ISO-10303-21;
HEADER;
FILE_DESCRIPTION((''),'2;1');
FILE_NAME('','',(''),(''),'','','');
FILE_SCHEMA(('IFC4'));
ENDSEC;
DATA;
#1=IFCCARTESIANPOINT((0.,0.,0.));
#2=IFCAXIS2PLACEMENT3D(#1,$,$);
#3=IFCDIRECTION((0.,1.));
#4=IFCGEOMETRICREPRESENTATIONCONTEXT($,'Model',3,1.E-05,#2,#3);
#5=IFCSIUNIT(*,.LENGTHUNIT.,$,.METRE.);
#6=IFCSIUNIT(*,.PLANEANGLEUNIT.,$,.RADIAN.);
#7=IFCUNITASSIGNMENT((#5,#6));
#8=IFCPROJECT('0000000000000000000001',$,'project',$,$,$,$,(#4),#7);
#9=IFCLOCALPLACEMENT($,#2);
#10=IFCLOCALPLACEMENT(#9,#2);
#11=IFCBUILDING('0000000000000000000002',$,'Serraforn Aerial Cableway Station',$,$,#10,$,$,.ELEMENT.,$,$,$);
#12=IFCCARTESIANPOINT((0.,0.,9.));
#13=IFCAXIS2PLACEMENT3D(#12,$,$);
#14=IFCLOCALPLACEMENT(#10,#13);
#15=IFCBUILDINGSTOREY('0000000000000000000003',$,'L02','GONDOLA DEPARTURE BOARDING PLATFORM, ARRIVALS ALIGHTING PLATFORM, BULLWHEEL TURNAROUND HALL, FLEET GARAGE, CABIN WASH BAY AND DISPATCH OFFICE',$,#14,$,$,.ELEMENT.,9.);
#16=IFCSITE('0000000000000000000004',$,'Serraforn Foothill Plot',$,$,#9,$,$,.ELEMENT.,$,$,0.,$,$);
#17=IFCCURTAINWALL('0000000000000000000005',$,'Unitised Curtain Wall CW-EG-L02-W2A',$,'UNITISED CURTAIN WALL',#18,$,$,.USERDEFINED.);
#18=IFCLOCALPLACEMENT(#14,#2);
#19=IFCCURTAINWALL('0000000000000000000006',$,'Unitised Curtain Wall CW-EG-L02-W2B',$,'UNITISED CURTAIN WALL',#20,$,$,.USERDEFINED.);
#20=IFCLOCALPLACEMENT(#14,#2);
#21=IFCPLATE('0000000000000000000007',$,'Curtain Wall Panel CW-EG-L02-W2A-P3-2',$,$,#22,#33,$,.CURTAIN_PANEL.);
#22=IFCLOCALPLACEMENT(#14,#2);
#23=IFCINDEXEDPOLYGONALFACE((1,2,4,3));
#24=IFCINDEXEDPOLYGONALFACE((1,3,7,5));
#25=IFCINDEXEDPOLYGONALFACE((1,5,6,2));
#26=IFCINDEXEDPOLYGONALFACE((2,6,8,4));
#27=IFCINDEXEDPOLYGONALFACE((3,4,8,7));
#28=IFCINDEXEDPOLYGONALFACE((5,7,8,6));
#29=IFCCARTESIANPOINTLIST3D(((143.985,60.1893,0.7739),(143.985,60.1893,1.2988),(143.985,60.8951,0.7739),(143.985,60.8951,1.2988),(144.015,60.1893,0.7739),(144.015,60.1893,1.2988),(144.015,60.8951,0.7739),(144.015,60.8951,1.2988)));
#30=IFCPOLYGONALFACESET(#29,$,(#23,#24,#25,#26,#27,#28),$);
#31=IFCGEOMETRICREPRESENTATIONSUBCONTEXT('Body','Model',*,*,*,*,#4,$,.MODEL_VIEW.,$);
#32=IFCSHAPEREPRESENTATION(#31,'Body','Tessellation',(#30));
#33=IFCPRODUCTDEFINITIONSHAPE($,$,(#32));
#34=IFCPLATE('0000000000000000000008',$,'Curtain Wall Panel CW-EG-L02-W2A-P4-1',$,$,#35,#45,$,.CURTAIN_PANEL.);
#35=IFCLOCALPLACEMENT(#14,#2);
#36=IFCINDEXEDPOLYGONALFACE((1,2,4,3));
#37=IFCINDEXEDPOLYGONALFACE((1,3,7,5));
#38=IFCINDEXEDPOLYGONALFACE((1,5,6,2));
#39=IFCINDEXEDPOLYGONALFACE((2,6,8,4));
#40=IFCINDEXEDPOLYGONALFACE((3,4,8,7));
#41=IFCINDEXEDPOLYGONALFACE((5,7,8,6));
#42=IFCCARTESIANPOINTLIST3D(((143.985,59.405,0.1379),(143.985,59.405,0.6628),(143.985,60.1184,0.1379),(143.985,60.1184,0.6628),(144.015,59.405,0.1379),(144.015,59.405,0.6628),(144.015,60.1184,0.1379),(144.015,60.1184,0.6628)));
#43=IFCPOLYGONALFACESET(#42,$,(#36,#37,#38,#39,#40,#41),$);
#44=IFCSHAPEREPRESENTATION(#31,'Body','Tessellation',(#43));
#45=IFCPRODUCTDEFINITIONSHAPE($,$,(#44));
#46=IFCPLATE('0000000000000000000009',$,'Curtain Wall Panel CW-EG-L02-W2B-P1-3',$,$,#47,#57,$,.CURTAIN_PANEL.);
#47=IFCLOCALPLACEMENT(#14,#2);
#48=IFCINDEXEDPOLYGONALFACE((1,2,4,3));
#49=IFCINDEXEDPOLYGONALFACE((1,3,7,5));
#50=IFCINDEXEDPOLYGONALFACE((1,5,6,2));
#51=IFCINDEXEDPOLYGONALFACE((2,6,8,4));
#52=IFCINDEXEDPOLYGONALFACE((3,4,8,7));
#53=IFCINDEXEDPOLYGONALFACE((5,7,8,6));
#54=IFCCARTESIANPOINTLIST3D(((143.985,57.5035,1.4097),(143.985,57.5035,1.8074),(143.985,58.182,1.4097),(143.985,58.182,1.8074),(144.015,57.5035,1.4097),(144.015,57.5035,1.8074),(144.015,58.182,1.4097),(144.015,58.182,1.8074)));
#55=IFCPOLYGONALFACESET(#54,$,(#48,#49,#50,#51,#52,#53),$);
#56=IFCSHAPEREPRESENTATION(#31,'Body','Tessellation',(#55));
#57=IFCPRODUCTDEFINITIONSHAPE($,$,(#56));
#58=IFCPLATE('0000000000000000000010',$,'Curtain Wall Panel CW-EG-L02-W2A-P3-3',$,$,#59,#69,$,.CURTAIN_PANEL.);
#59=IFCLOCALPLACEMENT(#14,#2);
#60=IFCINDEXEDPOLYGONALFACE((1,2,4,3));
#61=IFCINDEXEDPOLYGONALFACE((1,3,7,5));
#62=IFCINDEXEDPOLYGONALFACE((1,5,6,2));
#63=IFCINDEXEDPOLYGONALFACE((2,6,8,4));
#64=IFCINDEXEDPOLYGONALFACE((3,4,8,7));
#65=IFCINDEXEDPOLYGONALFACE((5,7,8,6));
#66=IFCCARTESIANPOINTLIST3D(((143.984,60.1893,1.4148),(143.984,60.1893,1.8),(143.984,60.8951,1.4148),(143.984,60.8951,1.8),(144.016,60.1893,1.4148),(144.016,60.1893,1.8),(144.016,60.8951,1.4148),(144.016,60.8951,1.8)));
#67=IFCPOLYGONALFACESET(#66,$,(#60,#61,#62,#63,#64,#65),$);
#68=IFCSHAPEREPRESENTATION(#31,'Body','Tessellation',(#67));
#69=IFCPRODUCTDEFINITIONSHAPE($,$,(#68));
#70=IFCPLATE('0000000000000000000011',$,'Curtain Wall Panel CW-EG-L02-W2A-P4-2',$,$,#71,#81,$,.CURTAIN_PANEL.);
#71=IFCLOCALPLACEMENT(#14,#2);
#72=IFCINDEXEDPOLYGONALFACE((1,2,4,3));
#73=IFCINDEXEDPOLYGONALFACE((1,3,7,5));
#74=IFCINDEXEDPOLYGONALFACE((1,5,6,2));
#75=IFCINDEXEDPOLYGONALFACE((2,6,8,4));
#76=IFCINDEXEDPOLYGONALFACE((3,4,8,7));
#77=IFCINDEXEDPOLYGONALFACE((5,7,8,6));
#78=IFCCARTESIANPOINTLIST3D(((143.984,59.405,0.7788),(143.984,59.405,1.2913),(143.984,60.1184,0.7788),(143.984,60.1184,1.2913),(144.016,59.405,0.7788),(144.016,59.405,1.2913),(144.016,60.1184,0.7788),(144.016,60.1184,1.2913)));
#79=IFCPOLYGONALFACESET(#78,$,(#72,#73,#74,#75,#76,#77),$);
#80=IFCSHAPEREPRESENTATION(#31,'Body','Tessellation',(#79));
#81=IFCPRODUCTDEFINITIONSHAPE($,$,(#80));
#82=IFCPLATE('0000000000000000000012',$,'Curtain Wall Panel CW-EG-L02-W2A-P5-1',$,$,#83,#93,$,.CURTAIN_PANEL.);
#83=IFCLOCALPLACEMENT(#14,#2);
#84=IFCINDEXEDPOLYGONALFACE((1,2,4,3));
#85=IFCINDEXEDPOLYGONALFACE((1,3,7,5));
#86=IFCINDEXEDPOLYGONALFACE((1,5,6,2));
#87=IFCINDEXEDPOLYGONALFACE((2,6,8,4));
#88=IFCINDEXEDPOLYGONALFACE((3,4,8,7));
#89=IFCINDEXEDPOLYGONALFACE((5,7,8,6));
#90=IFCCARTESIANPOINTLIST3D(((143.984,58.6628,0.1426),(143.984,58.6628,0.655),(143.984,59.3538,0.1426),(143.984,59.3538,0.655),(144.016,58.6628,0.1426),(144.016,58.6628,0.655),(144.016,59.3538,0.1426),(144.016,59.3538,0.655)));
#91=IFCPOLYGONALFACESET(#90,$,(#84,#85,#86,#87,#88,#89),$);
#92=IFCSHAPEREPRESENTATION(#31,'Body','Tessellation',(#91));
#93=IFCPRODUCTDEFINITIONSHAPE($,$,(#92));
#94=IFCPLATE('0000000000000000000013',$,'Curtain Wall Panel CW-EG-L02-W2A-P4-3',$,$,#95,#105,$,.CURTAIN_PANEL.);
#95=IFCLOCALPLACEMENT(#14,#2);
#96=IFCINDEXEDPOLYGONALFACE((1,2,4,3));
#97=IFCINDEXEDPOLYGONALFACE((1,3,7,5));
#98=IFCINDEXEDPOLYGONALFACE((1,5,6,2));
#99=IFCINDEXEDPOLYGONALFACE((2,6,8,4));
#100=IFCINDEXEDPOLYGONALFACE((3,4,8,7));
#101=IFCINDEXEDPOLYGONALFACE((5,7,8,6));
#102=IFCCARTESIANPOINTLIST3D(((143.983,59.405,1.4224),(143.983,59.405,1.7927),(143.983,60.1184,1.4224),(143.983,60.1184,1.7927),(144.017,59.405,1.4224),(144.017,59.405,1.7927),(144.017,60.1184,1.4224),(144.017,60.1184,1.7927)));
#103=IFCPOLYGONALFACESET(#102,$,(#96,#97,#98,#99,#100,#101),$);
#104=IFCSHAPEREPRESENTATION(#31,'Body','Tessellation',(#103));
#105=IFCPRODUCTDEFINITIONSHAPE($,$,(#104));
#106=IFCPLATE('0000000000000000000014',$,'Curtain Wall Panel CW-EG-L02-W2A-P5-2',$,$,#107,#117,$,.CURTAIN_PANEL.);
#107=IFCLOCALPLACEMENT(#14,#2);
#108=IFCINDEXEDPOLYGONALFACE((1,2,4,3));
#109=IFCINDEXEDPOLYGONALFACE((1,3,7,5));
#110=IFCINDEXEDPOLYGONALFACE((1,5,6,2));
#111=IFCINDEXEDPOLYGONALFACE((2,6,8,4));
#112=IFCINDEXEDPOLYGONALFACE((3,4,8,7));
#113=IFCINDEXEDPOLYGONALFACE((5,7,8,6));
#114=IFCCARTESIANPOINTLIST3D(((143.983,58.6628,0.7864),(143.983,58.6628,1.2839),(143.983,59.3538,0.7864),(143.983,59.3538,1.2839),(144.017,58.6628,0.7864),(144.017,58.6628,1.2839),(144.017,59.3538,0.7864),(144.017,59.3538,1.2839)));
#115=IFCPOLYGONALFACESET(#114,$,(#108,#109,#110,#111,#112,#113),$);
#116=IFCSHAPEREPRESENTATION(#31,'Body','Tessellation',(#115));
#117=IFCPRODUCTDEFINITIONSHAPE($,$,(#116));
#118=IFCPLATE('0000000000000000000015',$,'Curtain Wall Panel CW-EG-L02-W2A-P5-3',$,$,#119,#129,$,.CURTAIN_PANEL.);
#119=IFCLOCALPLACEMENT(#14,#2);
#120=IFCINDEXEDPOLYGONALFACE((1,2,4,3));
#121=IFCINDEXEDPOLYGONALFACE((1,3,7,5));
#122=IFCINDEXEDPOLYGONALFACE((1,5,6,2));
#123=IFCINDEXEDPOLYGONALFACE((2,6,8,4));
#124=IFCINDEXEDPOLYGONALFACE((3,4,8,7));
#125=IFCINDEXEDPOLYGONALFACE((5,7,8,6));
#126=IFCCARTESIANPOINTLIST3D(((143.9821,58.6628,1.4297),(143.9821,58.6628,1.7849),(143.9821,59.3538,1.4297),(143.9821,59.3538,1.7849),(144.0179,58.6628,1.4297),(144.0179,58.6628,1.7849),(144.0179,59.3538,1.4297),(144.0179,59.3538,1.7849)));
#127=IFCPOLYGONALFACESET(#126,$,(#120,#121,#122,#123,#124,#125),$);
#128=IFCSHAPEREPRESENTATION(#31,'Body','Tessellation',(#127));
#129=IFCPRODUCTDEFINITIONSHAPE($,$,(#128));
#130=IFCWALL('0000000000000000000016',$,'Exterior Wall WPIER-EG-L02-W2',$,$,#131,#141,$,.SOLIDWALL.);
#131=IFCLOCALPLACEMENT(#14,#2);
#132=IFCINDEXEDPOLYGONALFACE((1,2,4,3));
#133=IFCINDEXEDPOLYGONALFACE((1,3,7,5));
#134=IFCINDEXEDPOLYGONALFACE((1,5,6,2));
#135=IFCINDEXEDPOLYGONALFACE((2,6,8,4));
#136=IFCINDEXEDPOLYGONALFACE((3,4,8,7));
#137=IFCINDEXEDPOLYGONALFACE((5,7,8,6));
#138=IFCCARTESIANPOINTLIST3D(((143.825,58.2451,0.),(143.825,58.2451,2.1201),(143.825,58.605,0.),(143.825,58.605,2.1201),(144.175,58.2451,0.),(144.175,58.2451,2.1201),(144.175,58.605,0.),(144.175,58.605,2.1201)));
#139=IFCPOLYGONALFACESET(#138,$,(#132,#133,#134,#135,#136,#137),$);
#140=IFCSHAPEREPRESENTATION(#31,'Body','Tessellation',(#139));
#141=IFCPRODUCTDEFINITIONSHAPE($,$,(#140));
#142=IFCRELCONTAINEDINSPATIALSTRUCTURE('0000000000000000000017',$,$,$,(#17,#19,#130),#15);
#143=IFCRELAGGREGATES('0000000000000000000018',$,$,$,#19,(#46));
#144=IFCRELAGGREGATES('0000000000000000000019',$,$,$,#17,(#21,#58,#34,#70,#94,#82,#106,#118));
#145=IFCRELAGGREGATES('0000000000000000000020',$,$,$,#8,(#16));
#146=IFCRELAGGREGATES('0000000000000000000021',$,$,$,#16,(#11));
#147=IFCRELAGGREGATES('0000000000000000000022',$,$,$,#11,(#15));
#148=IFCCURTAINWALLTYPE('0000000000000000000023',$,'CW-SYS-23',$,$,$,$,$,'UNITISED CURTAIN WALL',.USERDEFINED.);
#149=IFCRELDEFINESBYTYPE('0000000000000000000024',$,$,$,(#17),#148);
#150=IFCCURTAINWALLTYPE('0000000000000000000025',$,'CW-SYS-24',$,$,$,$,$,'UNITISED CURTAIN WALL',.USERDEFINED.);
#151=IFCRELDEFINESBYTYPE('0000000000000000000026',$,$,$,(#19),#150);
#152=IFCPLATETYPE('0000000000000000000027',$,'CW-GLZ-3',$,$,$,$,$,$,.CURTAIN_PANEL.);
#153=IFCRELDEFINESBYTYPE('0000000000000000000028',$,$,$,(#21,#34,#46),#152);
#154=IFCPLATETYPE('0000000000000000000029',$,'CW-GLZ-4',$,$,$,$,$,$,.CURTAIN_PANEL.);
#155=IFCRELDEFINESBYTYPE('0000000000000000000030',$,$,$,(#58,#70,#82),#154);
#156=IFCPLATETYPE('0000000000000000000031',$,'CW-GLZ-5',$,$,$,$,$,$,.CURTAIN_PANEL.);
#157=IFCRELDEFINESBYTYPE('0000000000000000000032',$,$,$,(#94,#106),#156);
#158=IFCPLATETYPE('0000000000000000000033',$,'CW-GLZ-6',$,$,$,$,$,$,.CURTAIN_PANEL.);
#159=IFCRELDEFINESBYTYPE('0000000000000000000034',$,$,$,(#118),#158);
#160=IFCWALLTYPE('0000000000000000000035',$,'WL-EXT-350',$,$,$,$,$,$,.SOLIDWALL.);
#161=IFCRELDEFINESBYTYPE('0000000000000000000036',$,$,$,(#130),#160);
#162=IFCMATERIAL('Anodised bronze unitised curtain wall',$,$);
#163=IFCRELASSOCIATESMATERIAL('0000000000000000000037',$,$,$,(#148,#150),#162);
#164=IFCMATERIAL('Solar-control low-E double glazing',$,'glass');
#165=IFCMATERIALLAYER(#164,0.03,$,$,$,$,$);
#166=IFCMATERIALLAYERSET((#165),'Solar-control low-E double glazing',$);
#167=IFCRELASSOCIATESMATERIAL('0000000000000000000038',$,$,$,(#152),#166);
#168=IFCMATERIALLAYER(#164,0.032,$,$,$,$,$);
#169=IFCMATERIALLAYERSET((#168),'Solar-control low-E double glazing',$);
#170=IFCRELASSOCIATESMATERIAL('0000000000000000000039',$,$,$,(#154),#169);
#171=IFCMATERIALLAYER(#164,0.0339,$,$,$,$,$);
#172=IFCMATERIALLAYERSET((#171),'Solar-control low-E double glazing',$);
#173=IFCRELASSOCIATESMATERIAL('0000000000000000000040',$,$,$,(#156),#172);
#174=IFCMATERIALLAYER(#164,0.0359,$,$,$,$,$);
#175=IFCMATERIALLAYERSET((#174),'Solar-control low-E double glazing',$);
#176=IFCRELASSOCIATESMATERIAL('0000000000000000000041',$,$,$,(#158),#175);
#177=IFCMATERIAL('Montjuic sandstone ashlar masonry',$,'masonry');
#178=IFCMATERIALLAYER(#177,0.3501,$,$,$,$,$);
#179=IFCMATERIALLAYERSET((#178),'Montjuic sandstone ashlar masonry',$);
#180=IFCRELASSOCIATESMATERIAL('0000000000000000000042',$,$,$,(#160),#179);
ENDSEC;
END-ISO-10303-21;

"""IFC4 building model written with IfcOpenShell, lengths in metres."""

from ifc_helpers import new_model, si_unit, direction, frame, frame_2d, origin, origin_2d, place, context, subcontext, project, spatial, rectangle, extrude, material, layer, layer_set, type_object, element, aggregate, save


model = new_model("IFC4")

# Units and contexts
model_context = context("Model", 3, precision=1e-05, world=origin(), true_north=direction((0.0, 1.0)))
body_context = subcontext(model_context, "Body", "Model", "MODEL_VIEW")
ifc_project = project(units=[si_unit("LENGTHUNIT", "METRE"), si_unit("PLANEANGLEUNIT", "RADIAN")], contexts=[model_context])

# Site, building, storey
site_placement = place(None, origin())
site = spatial("IfcSite", under=ifc_project, at=site_placement, Name="Serraforn Foothill Plot", CompositionType="ELEMENT", RefElevation=0.0)
building_placement = place(site_placement, origin())
building = spatial("IfcBuilding", under=site, at=building_placement, Name="Serraforn Aerial Cableway Station", CompositionType="ELEMENT")
storey_placement = place(building_placement, frame((0.0, 0.0, 9.0)))
storey = spatial("IfcBuildingStorey", under=building, at=storey_placement, Name="L02", Description="GONDOLA DEPARTURE BOARDING PLATFORM, ARRIVALS ALIGHTING PLATFORM, BULLWHEEL TURNAROUND HALL, FLEET GARAGE, CABIN WASH BAY AND DISPATCH OFFICE", CompositionType="ELEMENT", Elevation=9.0)

# Curtain walls
ifc_material_1 = material(Name="Anodised bronze unitised curtain wall")
curtain_wall_type_1 = type_object("IfcCurtainWallType", Name="CW-SYS-23", ElementType="UNITISED CURTAIN WALL", PredefinedType="USERDEFINED", material=ifc_material_1)
curtain_wall_1_placement = place(storey_placement, origin())
curtain_wall_1 = element("IfcCurtainWall", 1, at=curtain_wall_1_placement, inside=storey, type_object=curtain_wall_type_1, Name="Unitised Curtain Wall CW-EG-L02-W2A", ObjectType="UNITISED CURTAIN WALL", PredefinedType="USERDEFINED")
curtain_wall_type_2 = type_object("IfcCurtainWallType", Name="CW-SYS-24", ElementType="UNITISED CURTAIN WALL", PredefinedType="USERDEFINED", material=ifc_material_1)
curtain_wall_2_placement = place(storey_placement, origin())
curtain_wall_2 = element("IfcCurtainWall", 2, at=curtain_wall_2_placement, inside=storey, type_object=curtain_wall_type_2, Name="Unitised Curtain Wall CW-EG-L02-W2B", ObjectType="UNITISED CURTAIN WALL", PredefinedType="USERDEFINED")

# Plates
ifc_material_2 = material(Name="Solar-control low-E double glazing", Category="glass")
ifc_layer_1 = layer(ifc_material_2, 0.03)
ifc_layer_set_1 = layer_set([ifc_layer_1], Name="Solar-control low-E double glazing")
plate_type_1 = type_object("IfcPlateType", Name="CW-GLZ-3", PredefinedType="CURTAIN_PANEL", material=ifc_layer_set_1)
plate_1_placement = place(storey_placement, frame((144.0, 60.5422, 0.7739), z_axis=(0.0, 0.0, 1.0), x_axis=(1.0, 0.0, 0.0)))
plate_1 = element("IfcPlate", 3, at=plate_1_placement, type_object=plate_type_1, Name="Curtain Wall Panel CW-EG-L02-W2A-P3-2", PredefinedType="CURTAIN_PANEL", context=body_context, shape_type="SweptSolid", body=[
    extrude(rectangle(XDim=0.03, YDim=0.7058, at=origin_2d()), origin(), (0.0, 0.0, 1.0), 0.5249),
])
plate_2_placement = place(storey_placement, frame((144.0, 59.7617, 0.1379), z_axis=(0.0, 0.0, 1.0), x_axis=(1.0, 0.0, 0.0)))
plate_2 = element("IfcPlate", 4, at=plate_2_placement, type_object=plate_type_1, Name="Curtain Wall Panel CW-EG-L02-W2A-P4-1", PredefinedType="CURTAIN_PANEL", context=body_context, shape_type="SweptSolid", body=[
    extrude(rectangle(XDim=0.03, YDim=0.7134, at=origin_2d()), origin(), (0.0, 0.0, 1.0), 0.5249),
])
plate_3_placement = place(storey_placement, frame((144.0, 57.8428, 1.4097), z_axis=(0.0, 0.0, 1.0), x_axis=(1.0, 0.0, 0.0)))
plate_3 = element("IfcPlate", 5, at=plate_3_placement, type_object=plate_type_1, Name="Curtain Wall Panel CW-EG-L02-W2B-P1-3", PredefinedType="CURTAIN_PANEL", context=body_context, shape_type="SweptSolid", body=[
    extrude(rectangle(XDim=0.03, YDim=0.6785, at=origin_2d()), origin(), (0.0, 0.0, 1.0), 0.3977),
])
aggregate(curtain_wall_2, [plate_3])
ifc_layer_2 = layer(ifc_material_2, 0.032)
ifc_layer_set_2 = layer_set([ifc_layer_2], Name="Solar-control low-E double glazing")
plate_type_2 = type_object("IfcPlateType", Name="CW-GLZ-4", PredefinedType="CURTAIN_PANEL", material=ifc_layer_set_2)
plate_4_placement = place(storey_placement, frame((144.0, 60.5422, 1.4148), z_axis=(0.0, 0.0, 1.0), x_axis=(1.0, 0.0, 0.0)))
plate_4 = element("IfcPlate", 6, at=plate_4_placement, type_object=plate_type_2, Name="Curtain Wall Panel CW-EG-L02-W2A-P3-3", PredefinedType="CURTAIN_PANEL", context=body_context, shape_type="SweptSolid", body=[
    extrude(rectangle(XDim=0.032, YDim=0.7058, at=origin_2d()), origin(), (0.0, 0.0, 1.0), 0.3853),
])
plate_5_placement = place(storey_placement, frame((144.0, 59.7617, 0.7788), z_axis=(0.0, 0.0, 1.0), x_axis=(1.0, 0.0, 0.0)))
plate_5 = element("IfcPlate", 7, at=plate_5_placement, type_object=plate_type_2, Name="Curtain Wall Panel CW-EG-L02-W2A-P4-2", PredefinedType="CURTAIN_PANEL", context=body_context, shape_type="SweptSolid", body=[
    extrude(rectangle(XDim=0.032, YDim=0.7134, at=origin_2d()), origin(), (0.0, 0.0, 1.0), 0.5125),
])
plate_6_placement = place(storey_placement, frame((144.0, 59.0083, 0.1426), z_axis=(0.0, 0.0, 1.0), x_axis=(1.0, 0.0, 0.0)))
plate_6 = element("IfcPlate", 8, at=plate_6_placement, type_object=plate_type_2, Name="Curtain Wall Panel CW-EG-L02-W2A-P5-1", PredefinedType="CURTAIN_PANEL", context=body_context, shape_type="SweptSolid", body=[
    extrude(rectangle(XDim=0.032, YDim=0.6909, at=origin_2d()), origin(), (0.0, 0.0, 1.0), 0.5125),
])
ifc_layer_3 = layer(ifc_material_2, 0.0339)
ifc_layer_set_3 = layer_set([ifc_layer_3], Name="Solar-control low-E double glazing")
plate_type_3 = type_object("IfcPlateType", Name="CW-GLZ-5", PredefinedType="CURTAIN_PANEL", material=ifc_layer_set_3)
plate_7_placement = place(storey_placement, frame((144.0, 59.7617, 1.4224), z_axis=(0.0, 0.0, 1.0), x_axis=(1.0, 0.0, 0.0)))
plate_7 = element("IfcPlate", 9, at=plate_7_placement, type_object=plate_type_3, Name="Curtain Wall Panel CW-EG-L02-W2A-P4-3", PredefinedType="CURTAIN_PANEL", context=body_context, shape_type="SweptSolid", body=[
    extrude(rectangle(XDim=0.0339, YDim=0.7134, at=origin_2d()), origin(), (0.0, 0.0, 1.0), 0.3704),
])
plate_8_placement = place(storey_placement, frame((144.0, 59.0083, 0.7864), z_axis=(0.0, 0.0, 1.0), x_axis=(1.0, 0.0, 0.0)))
plate_8 = element("IfcPlate", 10, at=plate_8_placement, type_object=plate_type_3, Name="Curtain Wall Panel CW-EG-L02-W2A-P5-2", PredefinedType="CURTAIN_PANEL", context=body_context, shape_type="SweptSolid", body=[
    extrude(rectangle(XDim=0.0339, YDim=0.6909, at=origin_2d()), origin(), (0.0, 0.0, 1.0), 0.4976),
])
ifc_layer_4 = layer(ifc_material_2, 0.0359)
ifc_layer_set_4 = layer_set([ifc_layer_4], Name="Solar-control low-E double glazing")
plate_type_4 = type_object("IfcPlateType", Name="CW-GLZ-6", PredefinedType="CURTAIN_PANEL", material=ifc_layer_set_4)
plate_9_placement = place(storey_placement, frame((144.0, 59.0083, 1.4297), z_axis=(0.0, 0.0, 1.0), x_axis=(1.0, 0.0, 0.0)))
plate_9 = element("IfcPlate", 11, at=plate_9_placement, type_object=plate_type_4, Name="Curtain Wall Panel CW-EG-L02-W2A-P5-3", PredefinedType="CURTAIN_PANEL", context=body_context, shape_type="SweptSolid", body=[
    extrude(rectangle(XDim=0.0359, YDim=0.6909, at=origin_2d()), origin(), (0.0, 0.0, 1.0), 0.3552),
])
aggregate(curtain_wall_1, [plate_1, plate_4, plate_2, plate_5, plate_7, plate_6, plate_8, plate_9])

# Wall
ifc_material_3 = material(Name="Montjuic sandstone ashlar masonry", Category="masonry")
ifc_layer_5 = layer(ifc_material_3, 0.3501)
ifc_layer_set_5 = layer_set([ifc_layer_5], Name="Montjuic sandstone ashlar masonry")
wall_type = type_object("IfcWallType", Name="WL-EXT-350", PredefinedType="SOLIDWALL", material=ifc_layer_set_5)
wall_placement = place(storey_placement, frame((144.0, 58.605, 0.0), z_axis=(0.0, 0.0, 1.0), x_axis=(0.0, -1.0, 0.0)))
element("IfcWall", 12, at=wall_placement, inside=storey, type_object=wall_type, Name="Exterior Wall WPIER-EG-L02-W2", PredefinedType="SOLIDWALL", context=body_context, shape_type="SweptSolid", body=[
    extrude(rectangle(XDim=0.3599, YDim=0.3501, at=frame_2d((0.1799, 0.0))), origin(), (0.0, 0.0, 1.0), 2.1201),
])

save(model, "model.ifc")
